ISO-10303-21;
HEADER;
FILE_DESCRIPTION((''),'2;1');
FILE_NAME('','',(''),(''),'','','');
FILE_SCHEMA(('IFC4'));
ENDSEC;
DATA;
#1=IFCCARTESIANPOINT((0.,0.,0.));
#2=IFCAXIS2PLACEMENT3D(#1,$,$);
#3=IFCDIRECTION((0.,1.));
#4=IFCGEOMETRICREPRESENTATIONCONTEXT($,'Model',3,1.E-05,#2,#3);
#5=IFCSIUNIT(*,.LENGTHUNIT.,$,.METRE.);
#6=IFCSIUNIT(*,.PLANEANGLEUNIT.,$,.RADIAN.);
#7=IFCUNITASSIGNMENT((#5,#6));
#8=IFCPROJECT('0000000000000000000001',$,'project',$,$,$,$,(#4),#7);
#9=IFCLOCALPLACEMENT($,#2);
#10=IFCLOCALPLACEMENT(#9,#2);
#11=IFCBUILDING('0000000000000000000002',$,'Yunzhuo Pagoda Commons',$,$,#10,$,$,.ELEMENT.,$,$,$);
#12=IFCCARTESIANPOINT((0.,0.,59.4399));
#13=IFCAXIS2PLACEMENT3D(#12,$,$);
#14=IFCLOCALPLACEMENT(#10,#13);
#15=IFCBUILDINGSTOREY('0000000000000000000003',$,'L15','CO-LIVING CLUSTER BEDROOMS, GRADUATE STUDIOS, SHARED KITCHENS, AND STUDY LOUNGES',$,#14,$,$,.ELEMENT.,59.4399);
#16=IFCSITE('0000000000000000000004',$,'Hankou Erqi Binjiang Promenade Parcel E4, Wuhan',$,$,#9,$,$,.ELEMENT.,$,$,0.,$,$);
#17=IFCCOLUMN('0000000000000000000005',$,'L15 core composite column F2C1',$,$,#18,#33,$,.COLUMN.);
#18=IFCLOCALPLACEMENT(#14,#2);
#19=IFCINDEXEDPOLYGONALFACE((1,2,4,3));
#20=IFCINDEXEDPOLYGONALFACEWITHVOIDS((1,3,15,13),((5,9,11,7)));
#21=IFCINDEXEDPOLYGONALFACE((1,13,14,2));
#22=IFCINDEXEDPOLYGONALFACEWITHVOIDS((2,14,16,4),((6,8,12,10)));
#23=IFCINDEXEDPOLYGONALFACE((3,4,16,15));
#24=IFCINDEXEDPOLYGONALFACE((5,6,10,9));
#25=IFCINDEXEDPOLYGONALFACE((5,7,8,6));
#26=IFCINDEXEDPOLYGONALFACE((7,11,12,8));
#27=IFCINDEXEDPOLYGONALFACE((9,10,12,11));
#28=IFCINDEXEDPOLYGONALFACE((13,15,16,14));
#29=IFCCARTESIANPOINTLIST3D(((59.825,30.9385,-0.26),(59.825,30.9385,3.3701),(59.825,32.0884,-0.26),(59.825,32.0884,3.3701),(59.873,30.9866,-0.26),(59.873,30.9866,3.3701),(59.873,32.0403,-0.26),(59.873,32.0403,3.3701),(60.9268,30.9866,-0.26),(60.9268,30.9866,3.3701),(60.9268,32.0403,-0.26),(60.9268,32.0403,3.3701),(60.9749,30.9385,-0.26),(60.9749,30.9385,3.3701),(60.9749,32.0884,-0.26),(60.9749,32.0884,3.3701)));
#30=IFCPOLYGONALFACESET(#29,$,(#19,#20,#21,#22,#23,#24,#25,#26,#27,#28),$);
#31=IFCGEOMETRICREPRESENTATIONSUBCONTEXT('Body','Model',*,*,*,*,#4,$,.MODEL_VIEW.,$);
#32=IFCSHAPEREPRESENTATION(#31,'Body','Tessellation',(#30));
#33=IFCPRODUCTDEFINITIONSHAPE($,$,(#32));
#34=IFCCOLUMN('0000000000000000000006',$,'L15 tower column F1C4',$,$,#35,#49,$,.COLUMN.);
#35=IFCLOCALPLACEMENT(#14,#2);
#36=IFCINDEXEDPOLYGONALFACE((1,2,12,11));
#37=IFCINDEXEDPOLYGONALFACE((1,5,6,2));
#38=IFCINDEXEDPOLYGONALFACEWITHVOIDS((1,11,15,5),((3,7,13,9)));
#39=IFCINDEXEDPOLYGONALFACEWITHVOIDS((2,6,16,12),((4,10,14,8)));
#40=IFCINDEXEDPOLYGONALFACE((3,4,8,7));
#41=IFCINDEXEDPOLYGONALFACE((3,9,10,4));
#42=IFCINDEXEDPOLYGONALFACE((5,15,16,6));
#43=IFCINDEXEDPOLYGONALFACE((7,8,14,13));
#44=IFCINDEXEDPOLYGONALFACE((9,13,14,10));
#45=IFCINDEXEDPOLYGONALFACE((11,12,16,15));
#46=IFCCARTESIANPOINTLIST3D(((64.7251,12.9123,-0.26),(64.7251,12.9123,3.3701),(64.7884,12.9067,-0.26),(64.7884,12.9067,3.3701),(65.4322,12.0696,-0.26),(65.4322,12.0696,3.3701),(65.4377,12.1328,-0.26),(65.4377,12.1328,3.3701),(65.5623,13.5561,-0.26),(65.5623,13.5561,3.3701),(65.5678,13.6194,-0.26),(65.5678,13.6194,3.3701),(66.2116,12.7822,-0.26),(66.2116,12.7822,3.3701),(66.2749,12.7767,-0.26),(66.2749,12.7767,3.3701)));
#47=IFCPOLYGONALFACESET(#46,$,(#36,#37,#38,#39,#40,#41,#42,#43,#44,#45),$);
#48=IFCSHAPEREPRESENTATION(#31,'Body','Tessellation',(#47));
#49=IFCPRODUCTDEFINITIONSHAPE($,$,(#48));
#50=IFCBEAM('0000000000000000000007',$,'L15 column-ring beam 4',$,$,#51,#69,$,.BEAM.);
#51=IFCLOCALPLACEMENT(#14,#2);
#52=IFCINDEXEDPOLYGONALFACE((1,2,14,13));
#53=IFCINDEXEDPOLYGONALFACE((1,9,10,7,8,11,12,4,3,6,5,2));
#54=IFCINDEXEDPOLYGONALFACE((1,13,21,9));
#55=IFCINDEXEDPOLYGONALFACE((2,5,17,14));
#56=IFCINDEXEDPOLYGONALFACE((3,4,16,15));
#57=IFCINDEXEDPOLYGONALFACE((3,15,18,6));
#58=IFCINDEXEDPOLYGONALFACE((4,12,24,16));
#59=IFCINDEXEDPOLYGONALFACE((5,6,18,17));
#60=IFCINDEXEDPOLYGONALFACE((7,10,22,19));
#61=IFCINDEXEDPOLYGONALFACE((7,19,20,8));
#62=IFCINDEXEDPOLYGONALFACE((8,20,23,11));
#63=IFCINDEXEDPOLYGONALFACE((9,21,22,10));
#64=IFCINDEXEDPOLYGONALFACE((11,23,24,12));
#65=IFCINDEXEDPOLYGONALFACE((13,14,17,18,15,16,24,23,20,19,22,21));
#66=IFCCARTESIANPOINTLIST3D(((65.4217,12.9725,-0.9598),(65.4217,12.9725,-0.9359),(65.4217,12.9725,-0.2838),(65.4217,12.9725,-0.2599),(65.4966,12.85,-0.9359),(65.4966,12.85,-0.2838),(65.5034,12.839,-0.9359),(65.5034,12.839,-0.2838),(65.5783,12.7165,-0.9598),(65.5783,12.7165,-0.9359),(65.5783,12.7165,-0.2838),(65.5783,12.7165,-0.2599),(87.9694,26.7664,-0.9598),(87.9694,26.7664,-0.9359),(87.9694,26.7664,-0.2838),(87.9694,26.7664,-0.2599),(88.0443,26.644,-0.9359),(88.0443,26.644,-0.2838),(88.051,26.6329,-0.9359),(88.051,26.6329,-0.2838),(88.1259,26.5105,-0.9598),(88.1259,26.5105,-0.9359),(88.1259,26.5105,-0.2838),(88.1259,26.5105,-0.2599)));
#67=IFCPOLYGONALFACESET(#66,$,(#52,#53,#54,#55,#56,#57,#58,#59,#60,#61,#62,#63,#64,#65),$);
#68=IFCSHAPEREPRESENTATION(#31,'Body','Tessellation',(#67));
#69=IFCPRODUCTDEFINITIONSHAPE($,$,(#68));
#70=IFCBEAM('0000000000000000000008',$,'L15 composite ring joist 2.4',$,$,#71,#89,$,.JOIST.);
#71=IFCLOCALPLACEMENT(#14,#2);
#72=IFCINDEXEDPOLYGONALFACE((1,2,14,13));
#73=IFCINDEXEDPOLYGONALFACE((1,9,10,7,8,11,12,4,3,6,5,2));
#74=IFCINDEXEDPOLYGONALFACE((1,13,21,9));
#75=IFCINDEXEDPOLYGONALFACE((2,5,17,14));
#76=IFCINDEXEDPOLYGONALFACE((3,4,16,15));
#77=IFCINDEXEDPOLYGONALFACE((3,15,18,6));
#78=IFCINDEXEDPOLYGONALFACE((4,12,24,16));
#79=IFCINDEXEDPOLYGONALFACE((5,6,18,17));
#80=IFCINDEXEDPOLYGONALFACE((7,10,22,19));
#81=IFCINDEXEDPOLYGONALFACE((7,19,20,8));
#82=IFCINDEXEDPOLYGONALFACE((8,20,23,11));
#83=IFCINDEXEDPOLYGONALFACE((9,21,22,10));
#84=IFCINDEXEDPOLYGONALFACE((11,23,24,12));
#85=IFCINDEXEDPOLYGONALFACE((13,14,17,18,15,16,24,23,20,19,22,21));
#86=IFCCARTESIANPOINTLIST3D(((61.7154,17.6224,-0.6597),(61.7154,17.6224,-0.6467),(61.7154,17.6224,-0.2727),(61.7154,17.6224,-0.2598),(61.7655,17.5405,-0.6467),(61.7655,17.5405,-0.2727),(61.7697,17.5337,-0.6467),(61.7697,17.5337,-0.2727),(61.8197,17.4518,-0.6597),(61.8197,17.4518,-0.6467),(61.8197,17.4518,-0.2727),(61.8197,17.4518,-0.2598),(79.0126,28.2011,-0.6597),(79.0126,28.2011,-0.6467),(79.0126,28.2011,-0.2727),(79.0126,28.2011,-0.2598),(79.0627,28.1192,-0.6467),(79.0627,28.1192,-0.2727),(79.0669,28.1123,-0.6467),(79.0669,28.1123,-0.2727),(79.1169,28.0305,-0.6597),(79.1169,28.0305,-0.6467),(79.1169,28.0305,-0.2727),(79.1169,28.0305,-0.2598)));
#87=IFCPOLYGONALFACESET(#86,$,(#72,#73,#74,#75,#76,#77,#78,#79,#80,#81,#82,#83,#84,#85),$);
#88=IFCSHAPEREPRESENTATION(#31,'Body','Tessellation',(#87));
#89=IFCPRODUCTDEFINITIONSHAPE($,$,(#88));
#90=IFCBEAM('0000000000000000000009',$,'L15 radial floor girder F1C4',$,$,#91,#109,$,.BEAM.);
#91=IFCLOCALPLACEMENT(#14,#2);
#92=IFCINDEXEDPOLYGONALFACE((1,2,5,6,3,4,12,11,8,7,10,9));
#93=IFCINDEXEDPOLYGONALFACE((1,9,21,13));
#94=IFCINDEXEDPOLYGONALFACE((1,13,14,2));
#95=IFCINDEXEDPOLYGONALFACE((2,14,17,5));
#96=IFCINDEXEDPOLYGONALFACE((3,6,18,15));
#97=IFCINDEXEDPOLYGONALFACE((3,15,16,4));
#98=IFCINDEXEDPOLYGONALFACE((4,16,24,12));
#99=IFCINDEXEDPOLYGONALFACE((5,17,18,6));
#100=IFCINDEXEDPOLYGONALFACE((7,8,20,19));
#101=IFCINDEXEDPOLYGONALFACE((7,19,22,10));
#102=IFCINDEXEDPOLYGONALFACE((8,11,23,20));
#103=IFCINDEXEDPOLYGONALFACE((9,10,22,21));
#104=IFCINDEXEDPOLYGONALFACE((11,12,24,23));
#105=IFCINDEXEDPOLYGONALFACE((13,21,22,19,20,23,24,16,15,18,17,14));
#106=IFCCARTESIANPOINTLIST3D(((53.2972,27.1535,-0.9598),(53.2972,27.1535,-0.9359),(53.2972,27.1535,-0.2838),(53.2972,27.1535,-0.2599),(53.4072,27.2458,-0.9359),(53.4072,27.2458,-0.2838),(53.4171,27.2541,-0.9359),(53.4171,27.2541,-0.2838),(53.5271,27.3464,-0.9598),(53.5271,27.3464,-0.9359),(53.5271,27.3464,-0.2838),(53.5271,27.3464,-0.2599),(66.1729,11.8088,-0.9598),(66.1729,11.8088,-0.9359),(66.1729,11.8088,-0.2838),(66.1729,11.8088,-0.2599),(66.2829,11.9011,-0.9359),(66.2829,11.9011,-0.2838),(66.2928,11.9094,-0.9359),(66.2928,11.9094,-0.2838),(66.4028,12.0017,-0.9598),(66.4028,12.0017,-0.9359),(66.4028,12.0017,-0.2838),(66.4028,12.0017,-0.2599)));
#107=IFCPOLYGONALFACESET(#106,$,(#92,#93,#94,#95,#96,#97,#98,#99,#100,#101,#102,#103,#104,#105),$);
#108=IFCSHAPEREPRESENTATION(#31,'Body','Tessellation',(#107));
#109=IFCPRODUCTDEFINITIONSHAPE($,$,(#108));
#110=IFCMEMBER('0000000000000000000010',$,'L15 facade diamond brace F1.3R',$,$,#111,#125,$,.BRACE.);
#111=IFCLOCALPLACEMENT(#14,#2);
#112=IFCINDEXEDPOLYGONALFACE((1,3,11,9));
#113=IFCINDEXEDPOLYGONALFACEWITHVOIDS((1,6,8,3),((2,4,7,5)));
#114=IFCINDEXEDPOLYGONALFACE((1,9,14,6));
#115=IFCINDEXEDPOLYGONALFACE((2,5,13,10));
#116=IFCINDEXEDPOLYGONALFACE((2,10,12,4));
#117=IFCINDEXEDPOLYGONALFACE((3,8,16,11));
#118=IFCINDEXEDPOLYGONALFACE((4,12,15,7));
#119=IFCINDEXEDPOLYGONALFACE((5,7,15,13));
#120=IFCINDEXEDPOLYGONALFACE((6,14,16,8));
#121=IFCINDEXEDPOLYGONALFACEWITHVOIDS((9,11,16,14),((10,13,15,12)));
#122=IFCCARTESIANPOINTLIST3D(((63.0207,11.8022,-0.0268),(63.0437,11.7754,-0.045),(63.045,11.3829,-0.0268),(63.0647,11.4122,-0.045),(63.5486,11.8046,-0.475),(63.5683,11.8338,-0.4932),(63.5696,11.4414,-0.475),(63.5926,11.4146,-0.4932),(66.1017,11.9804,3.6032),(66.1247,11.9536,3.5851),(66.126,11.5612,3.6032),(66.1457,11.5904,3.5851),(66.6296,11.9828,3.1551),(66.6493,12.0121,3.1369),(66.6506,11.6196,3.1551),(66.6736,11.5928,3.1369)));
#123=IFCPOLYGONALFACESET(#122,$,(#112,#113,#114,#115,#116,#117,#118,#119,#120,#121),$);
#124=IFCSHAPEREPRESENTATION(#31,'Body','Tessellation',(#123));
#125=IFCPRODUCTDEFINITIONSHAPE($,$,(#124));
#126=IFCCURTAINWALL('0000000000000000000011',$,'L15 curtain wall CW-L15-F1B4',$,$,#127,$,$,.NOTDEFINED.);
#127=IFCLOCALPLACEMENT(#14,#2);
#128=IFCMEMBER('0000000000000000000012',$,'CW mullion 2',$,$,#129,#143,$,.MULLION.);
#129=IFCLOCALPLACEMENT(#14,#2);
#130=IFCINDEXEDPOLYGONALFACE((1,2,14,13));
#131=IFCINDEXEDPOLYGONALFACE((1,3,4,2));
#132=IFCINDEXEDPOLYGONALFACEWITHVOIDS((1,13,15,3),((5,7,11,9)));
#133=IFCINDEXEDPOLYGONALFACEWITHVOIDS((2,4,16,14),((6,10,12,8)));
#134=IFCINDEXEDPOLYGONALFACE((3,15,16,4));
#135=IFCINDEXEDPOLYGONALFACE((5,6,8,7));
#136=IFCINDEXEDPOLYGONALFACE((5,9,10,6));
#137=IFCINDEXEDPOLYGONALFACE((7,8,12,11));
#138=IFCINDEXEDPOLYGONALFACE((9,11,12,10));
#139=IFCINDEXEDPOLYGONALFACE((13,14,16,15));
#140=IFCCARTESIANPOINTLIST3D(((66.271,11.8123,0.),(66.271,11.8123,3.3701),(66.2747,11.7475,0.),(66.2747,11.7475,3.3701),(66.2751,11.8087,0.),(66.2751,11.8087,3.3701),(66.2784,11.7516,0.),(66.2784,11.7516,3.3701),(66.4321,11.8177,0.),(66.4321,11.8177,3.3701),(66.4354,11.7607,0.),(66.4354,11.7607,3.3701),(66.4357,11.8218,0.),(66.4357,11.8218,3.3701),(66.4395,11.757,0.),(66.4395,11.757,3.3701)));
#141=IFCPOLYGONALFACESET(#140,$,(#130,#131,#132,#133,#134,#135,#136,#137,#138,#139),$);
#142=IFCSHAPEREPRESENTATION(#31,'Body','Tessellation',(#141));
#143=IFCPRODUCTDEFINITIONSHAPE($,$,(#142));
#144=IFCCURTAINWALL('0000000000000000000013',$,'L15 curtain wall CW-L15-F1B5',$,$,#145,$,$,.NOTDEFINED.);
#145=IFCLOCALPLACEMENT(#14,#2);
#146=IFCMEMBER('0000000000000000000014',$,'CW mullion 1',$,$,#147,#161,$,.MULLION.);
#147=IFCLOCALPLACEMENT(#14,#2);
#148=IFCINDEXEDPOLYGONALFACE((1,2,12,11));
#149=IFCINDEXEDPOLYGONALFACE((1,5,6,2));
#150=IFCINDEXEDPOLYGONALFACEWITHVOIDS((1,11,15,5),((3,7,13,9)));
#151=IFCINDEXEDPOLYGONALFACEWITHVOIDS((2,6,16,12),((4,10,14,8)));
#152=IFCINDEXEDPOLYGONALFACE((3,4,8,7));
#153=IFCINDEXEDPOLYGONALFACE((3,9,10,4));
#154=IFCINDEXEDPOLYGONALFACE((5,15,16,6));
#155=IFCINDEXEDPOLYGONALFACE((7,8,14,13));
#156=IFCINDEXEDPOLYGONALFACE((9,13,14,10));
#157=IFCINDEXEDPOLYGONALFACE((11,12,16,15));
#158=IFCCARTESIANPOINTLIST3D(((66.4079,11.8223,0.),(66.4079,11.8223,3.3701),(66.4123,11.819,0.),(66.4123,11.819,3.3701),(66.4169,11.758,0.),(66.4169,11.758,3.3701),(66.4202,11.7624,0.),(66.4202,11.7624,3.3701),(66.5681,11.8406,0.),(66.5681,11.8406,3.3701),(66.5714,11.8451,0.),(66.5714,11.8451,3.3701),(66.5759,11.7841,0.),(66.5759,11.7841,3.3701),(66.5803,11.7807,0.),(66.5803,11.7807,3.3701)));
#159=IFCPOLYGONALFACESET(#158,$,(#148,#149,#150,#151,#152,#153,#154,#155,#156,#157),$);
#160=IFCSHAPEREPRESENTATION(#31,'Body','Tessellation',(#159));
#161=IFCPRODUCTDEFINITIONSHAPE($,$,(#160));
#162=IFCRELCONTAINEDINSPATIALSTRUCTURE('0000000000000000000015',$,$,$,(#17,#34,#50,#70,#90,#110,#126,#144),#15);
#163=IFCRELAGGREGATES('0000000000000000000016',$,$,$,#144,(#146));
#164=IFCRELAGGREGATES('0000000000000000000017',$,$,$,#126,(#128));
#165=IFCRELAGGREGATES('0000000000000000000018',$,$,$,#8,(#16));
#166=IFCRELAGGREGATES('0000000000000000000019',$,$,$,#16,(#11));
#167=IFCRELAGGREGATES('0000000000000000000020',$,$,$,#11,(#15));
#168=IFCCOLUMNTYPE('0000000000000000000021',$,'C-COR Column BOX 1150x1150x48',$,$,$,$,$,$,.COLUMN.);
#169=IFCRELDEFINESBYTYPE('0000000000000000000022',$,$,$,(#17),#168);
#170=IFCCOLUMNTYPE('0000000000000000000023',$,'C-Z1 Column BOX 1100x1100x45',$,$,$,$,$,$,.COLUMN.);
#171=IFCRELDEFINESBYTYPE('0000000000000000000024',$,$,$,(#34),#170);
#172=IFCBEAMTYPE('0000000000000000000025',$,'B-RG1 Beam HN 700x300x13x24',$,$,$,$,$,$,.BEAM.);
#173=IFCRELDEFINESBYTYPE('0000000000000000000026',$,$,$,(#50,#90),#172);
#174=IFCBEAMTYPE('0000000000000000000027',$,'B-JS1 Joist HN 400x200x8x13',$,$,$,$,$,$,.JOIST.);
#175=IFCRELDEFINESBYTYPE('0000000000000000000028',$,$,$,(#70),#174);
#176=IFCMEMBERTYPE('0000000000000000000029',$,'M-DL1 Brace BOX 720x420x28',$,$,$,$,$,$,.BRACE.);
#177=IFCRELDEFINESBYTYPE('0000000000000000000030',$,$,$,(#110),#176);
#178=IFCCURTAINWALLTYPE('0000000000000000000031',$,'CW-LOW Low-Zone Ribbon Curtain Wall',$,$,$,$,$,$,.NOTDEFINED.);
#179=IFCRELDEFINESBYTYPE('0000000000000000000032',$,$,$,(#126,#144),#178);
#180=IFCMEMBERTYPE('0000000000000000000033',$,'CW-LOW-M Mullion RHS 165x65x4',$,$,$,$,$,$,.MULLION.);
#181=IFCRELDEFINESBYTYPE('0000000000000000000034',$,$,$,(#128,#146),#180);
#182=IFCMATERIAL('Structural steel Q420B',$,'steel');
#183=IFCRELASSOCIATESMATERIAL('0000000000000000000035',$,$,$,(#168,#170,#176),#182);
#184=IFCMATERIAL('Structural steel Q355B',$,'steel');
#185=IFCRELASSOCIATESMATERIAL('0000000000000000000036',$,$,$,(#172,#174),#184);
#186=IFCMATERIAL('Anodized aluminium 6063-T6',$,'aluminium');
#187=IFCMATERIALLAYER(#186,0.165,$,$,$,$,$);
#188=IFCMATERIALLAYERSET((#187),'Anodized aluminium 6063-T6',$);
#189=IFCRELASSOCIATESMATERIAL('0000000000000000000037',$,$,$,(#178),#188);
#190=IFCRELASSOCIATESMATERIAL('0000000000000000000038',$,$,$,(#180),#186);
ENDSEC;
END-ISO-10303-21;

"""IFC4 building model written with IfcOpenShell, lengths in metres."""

from ifc_helpers import new_model, si_unit, direction, frame, origin, origin_2d, place, context, subcontext, project, spatial, hollow_rectangle, i_section, extrude, source, transform, mapped, material, layer, layer_set, material_profile, profile_set, type_object, element, aggregate, save


model = new_model("IFC4")

# Units and contexts
model_context = context("Model", 3, precision=1e-05, world=origin(), true_north=direction((0.0, 1.0)))
body_context = subcontext(model_context, "Body", "Model", "MODEL_VIEW")
ifc_project = project(units=[si_unit("LENGTHUNIT", "METRE"), si_unit("PLANEANGLEUNIT", "RADIAN")], contexts=[model_context])

# Site, building, storey
site_placement = place(None, origin())
site = spatial("IfcSite", under=ifc_project, at=site_placement, Name="Hankou Erqi Binjiang Promenade Parcel E4, Wuhan", CompositionType="ELEMENT", RefElevation=0.0)
building_placement = place(site_placement, origin())
building = spatial("IfcBuilding", under=site, at=building_placement, Name="Yunzhuo Pagoda Commons", CompositionType="ELEMENT")
storey_placement = place(building_placement, frame((0.0, 0.0, 59.4399)))
storey = spatial("IfcBuildingStorey", under=building, at=storey_placement, Name="L15", Description="CO-LIVING CLUSTER BEDROOMS, GRADUATE STUDIOS, SHARED KITCHENS, AND STUDY LOUNGES", CompositionType="ELEMENT", Elevation=59.4399)

# Columns
ifc_material_1 = material(Name="Structural steel Q420B", Category="steel")
ifc_material_profile_1 = material_profile(ifc_material_1, hollow_rectangle(XDim=1.1499, YDim=1.1499, WallThickness=0.0481, at=origin_2d()), Name="Structural steel Q420B")
ifc_profile_set_1 = profile_set([ifc_material_profile_1], Name="Structural steel Q420B")
column_type_1 = type_object("IfcColumnType", Name="C-COR Column BOX 1150x1150x48", PredefinedType="COLUMN", material=ifc_profile_set_1)
shared_shape_1 = source(origin(), body_context, "Body", "SweptSolid", [
    extrude(hollow_rectangle(XDim=1.1499, YDim=1.1499, WallThickness=0.0481, at=origin_2d()), origin(), (0.0, 0.0, 1.0), 3.6301),
])
column_1_placement = place(storey_placement, frame((60.3999, 31.5134, -0.26), z_axis=(0.0, 0.0, 1.0), x_axis=(1.0, 0.0, 0.0)))
element("IfcColumn", 1, at=column_1_placement, inside=storey, type_object=column_type_1, Name="L15 core composite column F2C1", PredefinedType="COLUMN", context=body_context, shape_type="MappedRepresentation", body=[
    mapped(shared_shape_1, transform((0.0, 0.0, 0.0), scale=1.0)),
])
ifc_material_profile_2 = material_profile(ifc_material_1, hollow_rectangle(XDim=1.1001, YDim=1.1001, WallThickness=0.0449, at=origin_2d()), Name="Structural steel Q420B")
ifc_profile_set_2 = profile_set([ifc_material_profile_2], Name="Structural steel Q420B")
column_type_2 = type_object("IfcColumnType", Name="C-Z1 Column BOX 1100x1100x45", PredefinedType="COLUMN", material=ifc_profile_set_2)
shared_shape_2 = source(origin(), body_context, "Body", "SweptSolid", [
    extrude(hollow_rectangle(XDim=1.1001, YDim=1.1001, WallThickness=0.0449, at=origin_2d()), origin(), (0.0, 0.0, 1.0), 3.6301),
])
column_2_placement = place(storey_placement, frame((65.5, 12.8445, -0.26), z_axis=(0.0, 0.0, 1.0), x_axis=(0.766044, 0.642788, 0.0)))
element("IfcColumn", 2, at=column_2_placement, inside=storey, type_object=column_type_2, Name="L15 tower column F1C4", PredefinedType="COLUMN", context=body_context, shape_type="MappedRepresentation", body=[
    mapped(shared_shape_2, transform((0.0, 0.0, 0.0), scale=1.0)),
])

# Beams
ifc_material_2 = material(Name="Structural steel Q355B", Category="steel")
ifc_material_profile_3 = material_profile(ifc_material_2, i_section(OverallWidth=0.3, OverallDepth=0.7, WebThickness=0.0129, FlangeThickness=0.0239, at=origin_2d()), Name="Structural steel Q355B")
ifc_profile_set_3 = profile_set([ifc_material_profile_3], Name="Structural steel Q355B")
beam_type_1 = type_object("IfcBeamType", Name="B-RG1 Beam HN 700x300x13x24", PredefinedType="BEAM", material=ifc_profile_set_3)
shared_shape_3 = source(origin(), body_context, "Body", "SweptSolid", [
    extrude(i_section(OverallWidth=0.3, OverallDepth=0.7, WebThickness=0.0129, FlangeThickness=0.0239, at=origin_2d()), origin(), (0.0, 0.0, 1.0), 26.4324),
])
beam_1_placement = place(storey_placement, frame((65.5, 12.8445, -0.6099), z_axis=(0.853032, 0.521859, 0.0), x_axis=(-0.521859, 0.853032, 0.0)))
element("IfcBeam", 3, at=beam_1_placement, inside=storey, type_object=beam_type_1, Name="L15 column-ring beam 4", PredefinedType="BEAM", context=body_context, shape_type="MappedRepresentation", body=[
    mapped(shared_shape_3, transform((0.0, 0.0, 0.0), scale=1.0)),
])
ifc_material_profile_4 = material_profile(ifc_material_2, i_section(OverallWidth=0.2, OverallDepth=0.3999, WebThickness=0.0081, FlangeThickness=0.0129, at=origin_2d()), Name="Structural steel Q355B")
ifc_profile_set_4 = profile_set([ifc_material_profile_4], Name="Structural steel Q355B")
beam_type_2 = type_object("IfcBeamType", Name="B-JS1 Joist HN 400x200x8x13", PredefinedType="JOIST", material=ifc_profile_set_4)
shared_shape_4 = source(origin(), body_context, "Body", "SweptSolid", [
    extrude(i_section(OverallWidth=0.2, OverallDepth=0.3999, WebThickness=0.0081, FlangeThickness=0.0129, at=origin_2d()), origin(), (0.0, 0.0, 1.0), 20.2756),
])
beam_2_placement = place(storey_placement, frame((61.7676, 17.5371, -0.4597), z_axis=(0.853103, 0.521743, 0.0), x_axis=(-0.521743, 0.853103, 0.0)))
element("IfcBeam", 4, at=beam_2_placement, inside=storey, type_object=beam_type_2, Name="L15 composite ring joist 2.4", PredefinedType="JOIST", context=body_context, shape_type="MappedRepresentation", body=[
    mapped(shared_shape_4, transform((0.0, 0.0, 0.0), scale=1.0)),
])
shared_shape_5 = source(origin(), body_context, "Body", "SweptSolid", [
    extrude(i_section(OverallWidth=0.3, OverallDepth=0.7, WebThickness=0.0129, FlangeThickness=0.0239, at=origin_2d()), origin(), (0.0, 0.0, 1.0), 20.031),
])
beam_3_placement = place(storey_placement, frame((66.2878, 11.9053, -0.6099), z_axis=(-0.642787, 0.766045, 0.0), x_axis=(-0.766045, -0.642787, 0.0)))
element("IfcBeam", 5, at=beam_3_placement, inside=storey, type_object=beam_type_1, Name="L15 radial floor girder F1C4", PredefinedType="BEAM", context=body_context, shape_type="MappedRepresentation", body=[
    mapped(shared_shape_5, transform((0.0, 0.0, 0.0), scale=1.0)),
])

# Member
ifc_material_profile_5 = material_profile(ifc_material_1, hollow_rectangle(XDim=0.4199, YDim=0.72, WallThickness=0.0281, at=origin_2d()), Name="Structural steel Q420B")
ifc_profile_set_5 = profile_set([ifc_material_profile_5], Name="Structural steel Q420B")
member_type_1 = type_object("IfcMemberType", Name="M-DL1 Brace BOX 720x420x28", PredefinedType="BRACE", material=ifc_profile_set_5)
shared_shape_6 = source(origin(), body_context, "Body", "SweptSolid", [
    extrude(hollow_rectangle(XDim=0.4199, YDim=0.72, WallThickness=0.0281, at=origin_2d()), origin(), (0.0, 0.0, 1.0), 4.7646),
])
member_1_placement = place(storey_placement, frame((63.3066, 11.6084, -0.26), z_axis=(0.64664, 0.037405, 0.761877), x_axis=(-0.057748, 0.998331, 0.0)))
element("IfcMember", 6, at=member_1_placement, inside=storey, type_object=member_type_1, Name="L15 facade diamond brace F1.3R", PredefinedType="BRACE", context=body_context, shape_type="MappedRepresentation", body=[
    mapped(shared_shape_6, transform((0.0, 0.0, 0.0), scale=1.0)),
])

# Curtain wall, member
ifc_material_3 = material(Name="Anodized aluminium 6063-T6", Category="aluminium")
ifc_layer_1 = layer(ifc_material_3, 0.165)
ifc_layer_set_1 = layer_set([ifc_layer_1], Name="Anodized aluminium 6063-T6")
curtain_wall_type = type_object("IfcCurtainWallType", Name="CW-LOW Low-Zone Ribbon Curtain Wall", PredefinedType="NOTDEFINED", material=ifc_layer_set_1)
curtain_wall_1_placement = place(storey_placement, origin())
curtain_wall_1 = element("IfcCurtainWall", 7, at=curtain_wall_1_placement, inside=storey, type_object=curtain_wall_type, Name="L15 curtain wall CW-L15-F1B4", PredefinedType="NOTDEFINED")
ifc_material_profile_6 = material_profile(ifc_material_3, hollow_rectangle(XDim=0.0649, YDim=0.165, WallThickness=0.0039, at=origin_2d()), Name="Anodized aluminium 6063-T6")
ifc_profile_set_6 = profile_set([ifc_material_profile_6], Name="Anodized aluminium 6063-T6")
member_type_2 = type_object("IfcMemberType", Name="CW-LOW-M Mullion RHS 165x65x4", PredefinedType="MULLION", material=ifc_profile_set_6)
shared_shape_7 = source(origin(), body_context, "Body", "SweptSolid", [
    extrude(hollow_rectangle(XDim=0.0649, YDim=0.165, WallThickness=0.0039, at=origin_2d()), origin(), (0.0, 0.0, 1.0), 3.3701),
])
member_2_placement = place(storey_placement, frame((66.3552, 11.7847, 0.0), z_axis=(0.0, 0.0, 1.0), x_axis=(-0.057664, 0.998336, 0.0)))
member_2 = element("IfcMember", 8, at=member_2_placement, type_object=member_type_2, Name="CW mullion 2", PredefinedType="MULLION", context=body_context, shape_type="MappedRepresentation", body=[
    mapped(shared_shape_7, transform((0.0, 0.0, 0.0), scale=1.0)),
])

# Curtain wall, member
curtain_wall_2_placement = place(storey_placement, origin())
curtain_wall_2 = element("IfcCurtainWall", 9, at=curtain_wall_2_placement, inside=storey, type_object=curtain_wall_type, Name="L15 curtain wall CW-L15-F1B5", PredefinedType="NOTDEFINED")
member_3_placement = place(storey_placement, frame((66.4941, 11.8015, 0.0), z_axis=(0.0, 0.0, 1.0), x_axis=(-0.137905, 0.990445, 0.0)))
member_3 = element("IfcMember", 10, at=member_3_placement, type_object=member_type_2, Name="CW mullion 1", PredefinedType="MULLION", context=body_context, shape_type="MappedRepresentation", body=[
    mapped(shared_shape_7, transform((0.0, 0.0, 0.0), scale=1.0)),
])
aggregate(curtain_wall_2, [member_3])

aggregate(curtain_wall_1, [member_2])

save(model, "model.ifc")
